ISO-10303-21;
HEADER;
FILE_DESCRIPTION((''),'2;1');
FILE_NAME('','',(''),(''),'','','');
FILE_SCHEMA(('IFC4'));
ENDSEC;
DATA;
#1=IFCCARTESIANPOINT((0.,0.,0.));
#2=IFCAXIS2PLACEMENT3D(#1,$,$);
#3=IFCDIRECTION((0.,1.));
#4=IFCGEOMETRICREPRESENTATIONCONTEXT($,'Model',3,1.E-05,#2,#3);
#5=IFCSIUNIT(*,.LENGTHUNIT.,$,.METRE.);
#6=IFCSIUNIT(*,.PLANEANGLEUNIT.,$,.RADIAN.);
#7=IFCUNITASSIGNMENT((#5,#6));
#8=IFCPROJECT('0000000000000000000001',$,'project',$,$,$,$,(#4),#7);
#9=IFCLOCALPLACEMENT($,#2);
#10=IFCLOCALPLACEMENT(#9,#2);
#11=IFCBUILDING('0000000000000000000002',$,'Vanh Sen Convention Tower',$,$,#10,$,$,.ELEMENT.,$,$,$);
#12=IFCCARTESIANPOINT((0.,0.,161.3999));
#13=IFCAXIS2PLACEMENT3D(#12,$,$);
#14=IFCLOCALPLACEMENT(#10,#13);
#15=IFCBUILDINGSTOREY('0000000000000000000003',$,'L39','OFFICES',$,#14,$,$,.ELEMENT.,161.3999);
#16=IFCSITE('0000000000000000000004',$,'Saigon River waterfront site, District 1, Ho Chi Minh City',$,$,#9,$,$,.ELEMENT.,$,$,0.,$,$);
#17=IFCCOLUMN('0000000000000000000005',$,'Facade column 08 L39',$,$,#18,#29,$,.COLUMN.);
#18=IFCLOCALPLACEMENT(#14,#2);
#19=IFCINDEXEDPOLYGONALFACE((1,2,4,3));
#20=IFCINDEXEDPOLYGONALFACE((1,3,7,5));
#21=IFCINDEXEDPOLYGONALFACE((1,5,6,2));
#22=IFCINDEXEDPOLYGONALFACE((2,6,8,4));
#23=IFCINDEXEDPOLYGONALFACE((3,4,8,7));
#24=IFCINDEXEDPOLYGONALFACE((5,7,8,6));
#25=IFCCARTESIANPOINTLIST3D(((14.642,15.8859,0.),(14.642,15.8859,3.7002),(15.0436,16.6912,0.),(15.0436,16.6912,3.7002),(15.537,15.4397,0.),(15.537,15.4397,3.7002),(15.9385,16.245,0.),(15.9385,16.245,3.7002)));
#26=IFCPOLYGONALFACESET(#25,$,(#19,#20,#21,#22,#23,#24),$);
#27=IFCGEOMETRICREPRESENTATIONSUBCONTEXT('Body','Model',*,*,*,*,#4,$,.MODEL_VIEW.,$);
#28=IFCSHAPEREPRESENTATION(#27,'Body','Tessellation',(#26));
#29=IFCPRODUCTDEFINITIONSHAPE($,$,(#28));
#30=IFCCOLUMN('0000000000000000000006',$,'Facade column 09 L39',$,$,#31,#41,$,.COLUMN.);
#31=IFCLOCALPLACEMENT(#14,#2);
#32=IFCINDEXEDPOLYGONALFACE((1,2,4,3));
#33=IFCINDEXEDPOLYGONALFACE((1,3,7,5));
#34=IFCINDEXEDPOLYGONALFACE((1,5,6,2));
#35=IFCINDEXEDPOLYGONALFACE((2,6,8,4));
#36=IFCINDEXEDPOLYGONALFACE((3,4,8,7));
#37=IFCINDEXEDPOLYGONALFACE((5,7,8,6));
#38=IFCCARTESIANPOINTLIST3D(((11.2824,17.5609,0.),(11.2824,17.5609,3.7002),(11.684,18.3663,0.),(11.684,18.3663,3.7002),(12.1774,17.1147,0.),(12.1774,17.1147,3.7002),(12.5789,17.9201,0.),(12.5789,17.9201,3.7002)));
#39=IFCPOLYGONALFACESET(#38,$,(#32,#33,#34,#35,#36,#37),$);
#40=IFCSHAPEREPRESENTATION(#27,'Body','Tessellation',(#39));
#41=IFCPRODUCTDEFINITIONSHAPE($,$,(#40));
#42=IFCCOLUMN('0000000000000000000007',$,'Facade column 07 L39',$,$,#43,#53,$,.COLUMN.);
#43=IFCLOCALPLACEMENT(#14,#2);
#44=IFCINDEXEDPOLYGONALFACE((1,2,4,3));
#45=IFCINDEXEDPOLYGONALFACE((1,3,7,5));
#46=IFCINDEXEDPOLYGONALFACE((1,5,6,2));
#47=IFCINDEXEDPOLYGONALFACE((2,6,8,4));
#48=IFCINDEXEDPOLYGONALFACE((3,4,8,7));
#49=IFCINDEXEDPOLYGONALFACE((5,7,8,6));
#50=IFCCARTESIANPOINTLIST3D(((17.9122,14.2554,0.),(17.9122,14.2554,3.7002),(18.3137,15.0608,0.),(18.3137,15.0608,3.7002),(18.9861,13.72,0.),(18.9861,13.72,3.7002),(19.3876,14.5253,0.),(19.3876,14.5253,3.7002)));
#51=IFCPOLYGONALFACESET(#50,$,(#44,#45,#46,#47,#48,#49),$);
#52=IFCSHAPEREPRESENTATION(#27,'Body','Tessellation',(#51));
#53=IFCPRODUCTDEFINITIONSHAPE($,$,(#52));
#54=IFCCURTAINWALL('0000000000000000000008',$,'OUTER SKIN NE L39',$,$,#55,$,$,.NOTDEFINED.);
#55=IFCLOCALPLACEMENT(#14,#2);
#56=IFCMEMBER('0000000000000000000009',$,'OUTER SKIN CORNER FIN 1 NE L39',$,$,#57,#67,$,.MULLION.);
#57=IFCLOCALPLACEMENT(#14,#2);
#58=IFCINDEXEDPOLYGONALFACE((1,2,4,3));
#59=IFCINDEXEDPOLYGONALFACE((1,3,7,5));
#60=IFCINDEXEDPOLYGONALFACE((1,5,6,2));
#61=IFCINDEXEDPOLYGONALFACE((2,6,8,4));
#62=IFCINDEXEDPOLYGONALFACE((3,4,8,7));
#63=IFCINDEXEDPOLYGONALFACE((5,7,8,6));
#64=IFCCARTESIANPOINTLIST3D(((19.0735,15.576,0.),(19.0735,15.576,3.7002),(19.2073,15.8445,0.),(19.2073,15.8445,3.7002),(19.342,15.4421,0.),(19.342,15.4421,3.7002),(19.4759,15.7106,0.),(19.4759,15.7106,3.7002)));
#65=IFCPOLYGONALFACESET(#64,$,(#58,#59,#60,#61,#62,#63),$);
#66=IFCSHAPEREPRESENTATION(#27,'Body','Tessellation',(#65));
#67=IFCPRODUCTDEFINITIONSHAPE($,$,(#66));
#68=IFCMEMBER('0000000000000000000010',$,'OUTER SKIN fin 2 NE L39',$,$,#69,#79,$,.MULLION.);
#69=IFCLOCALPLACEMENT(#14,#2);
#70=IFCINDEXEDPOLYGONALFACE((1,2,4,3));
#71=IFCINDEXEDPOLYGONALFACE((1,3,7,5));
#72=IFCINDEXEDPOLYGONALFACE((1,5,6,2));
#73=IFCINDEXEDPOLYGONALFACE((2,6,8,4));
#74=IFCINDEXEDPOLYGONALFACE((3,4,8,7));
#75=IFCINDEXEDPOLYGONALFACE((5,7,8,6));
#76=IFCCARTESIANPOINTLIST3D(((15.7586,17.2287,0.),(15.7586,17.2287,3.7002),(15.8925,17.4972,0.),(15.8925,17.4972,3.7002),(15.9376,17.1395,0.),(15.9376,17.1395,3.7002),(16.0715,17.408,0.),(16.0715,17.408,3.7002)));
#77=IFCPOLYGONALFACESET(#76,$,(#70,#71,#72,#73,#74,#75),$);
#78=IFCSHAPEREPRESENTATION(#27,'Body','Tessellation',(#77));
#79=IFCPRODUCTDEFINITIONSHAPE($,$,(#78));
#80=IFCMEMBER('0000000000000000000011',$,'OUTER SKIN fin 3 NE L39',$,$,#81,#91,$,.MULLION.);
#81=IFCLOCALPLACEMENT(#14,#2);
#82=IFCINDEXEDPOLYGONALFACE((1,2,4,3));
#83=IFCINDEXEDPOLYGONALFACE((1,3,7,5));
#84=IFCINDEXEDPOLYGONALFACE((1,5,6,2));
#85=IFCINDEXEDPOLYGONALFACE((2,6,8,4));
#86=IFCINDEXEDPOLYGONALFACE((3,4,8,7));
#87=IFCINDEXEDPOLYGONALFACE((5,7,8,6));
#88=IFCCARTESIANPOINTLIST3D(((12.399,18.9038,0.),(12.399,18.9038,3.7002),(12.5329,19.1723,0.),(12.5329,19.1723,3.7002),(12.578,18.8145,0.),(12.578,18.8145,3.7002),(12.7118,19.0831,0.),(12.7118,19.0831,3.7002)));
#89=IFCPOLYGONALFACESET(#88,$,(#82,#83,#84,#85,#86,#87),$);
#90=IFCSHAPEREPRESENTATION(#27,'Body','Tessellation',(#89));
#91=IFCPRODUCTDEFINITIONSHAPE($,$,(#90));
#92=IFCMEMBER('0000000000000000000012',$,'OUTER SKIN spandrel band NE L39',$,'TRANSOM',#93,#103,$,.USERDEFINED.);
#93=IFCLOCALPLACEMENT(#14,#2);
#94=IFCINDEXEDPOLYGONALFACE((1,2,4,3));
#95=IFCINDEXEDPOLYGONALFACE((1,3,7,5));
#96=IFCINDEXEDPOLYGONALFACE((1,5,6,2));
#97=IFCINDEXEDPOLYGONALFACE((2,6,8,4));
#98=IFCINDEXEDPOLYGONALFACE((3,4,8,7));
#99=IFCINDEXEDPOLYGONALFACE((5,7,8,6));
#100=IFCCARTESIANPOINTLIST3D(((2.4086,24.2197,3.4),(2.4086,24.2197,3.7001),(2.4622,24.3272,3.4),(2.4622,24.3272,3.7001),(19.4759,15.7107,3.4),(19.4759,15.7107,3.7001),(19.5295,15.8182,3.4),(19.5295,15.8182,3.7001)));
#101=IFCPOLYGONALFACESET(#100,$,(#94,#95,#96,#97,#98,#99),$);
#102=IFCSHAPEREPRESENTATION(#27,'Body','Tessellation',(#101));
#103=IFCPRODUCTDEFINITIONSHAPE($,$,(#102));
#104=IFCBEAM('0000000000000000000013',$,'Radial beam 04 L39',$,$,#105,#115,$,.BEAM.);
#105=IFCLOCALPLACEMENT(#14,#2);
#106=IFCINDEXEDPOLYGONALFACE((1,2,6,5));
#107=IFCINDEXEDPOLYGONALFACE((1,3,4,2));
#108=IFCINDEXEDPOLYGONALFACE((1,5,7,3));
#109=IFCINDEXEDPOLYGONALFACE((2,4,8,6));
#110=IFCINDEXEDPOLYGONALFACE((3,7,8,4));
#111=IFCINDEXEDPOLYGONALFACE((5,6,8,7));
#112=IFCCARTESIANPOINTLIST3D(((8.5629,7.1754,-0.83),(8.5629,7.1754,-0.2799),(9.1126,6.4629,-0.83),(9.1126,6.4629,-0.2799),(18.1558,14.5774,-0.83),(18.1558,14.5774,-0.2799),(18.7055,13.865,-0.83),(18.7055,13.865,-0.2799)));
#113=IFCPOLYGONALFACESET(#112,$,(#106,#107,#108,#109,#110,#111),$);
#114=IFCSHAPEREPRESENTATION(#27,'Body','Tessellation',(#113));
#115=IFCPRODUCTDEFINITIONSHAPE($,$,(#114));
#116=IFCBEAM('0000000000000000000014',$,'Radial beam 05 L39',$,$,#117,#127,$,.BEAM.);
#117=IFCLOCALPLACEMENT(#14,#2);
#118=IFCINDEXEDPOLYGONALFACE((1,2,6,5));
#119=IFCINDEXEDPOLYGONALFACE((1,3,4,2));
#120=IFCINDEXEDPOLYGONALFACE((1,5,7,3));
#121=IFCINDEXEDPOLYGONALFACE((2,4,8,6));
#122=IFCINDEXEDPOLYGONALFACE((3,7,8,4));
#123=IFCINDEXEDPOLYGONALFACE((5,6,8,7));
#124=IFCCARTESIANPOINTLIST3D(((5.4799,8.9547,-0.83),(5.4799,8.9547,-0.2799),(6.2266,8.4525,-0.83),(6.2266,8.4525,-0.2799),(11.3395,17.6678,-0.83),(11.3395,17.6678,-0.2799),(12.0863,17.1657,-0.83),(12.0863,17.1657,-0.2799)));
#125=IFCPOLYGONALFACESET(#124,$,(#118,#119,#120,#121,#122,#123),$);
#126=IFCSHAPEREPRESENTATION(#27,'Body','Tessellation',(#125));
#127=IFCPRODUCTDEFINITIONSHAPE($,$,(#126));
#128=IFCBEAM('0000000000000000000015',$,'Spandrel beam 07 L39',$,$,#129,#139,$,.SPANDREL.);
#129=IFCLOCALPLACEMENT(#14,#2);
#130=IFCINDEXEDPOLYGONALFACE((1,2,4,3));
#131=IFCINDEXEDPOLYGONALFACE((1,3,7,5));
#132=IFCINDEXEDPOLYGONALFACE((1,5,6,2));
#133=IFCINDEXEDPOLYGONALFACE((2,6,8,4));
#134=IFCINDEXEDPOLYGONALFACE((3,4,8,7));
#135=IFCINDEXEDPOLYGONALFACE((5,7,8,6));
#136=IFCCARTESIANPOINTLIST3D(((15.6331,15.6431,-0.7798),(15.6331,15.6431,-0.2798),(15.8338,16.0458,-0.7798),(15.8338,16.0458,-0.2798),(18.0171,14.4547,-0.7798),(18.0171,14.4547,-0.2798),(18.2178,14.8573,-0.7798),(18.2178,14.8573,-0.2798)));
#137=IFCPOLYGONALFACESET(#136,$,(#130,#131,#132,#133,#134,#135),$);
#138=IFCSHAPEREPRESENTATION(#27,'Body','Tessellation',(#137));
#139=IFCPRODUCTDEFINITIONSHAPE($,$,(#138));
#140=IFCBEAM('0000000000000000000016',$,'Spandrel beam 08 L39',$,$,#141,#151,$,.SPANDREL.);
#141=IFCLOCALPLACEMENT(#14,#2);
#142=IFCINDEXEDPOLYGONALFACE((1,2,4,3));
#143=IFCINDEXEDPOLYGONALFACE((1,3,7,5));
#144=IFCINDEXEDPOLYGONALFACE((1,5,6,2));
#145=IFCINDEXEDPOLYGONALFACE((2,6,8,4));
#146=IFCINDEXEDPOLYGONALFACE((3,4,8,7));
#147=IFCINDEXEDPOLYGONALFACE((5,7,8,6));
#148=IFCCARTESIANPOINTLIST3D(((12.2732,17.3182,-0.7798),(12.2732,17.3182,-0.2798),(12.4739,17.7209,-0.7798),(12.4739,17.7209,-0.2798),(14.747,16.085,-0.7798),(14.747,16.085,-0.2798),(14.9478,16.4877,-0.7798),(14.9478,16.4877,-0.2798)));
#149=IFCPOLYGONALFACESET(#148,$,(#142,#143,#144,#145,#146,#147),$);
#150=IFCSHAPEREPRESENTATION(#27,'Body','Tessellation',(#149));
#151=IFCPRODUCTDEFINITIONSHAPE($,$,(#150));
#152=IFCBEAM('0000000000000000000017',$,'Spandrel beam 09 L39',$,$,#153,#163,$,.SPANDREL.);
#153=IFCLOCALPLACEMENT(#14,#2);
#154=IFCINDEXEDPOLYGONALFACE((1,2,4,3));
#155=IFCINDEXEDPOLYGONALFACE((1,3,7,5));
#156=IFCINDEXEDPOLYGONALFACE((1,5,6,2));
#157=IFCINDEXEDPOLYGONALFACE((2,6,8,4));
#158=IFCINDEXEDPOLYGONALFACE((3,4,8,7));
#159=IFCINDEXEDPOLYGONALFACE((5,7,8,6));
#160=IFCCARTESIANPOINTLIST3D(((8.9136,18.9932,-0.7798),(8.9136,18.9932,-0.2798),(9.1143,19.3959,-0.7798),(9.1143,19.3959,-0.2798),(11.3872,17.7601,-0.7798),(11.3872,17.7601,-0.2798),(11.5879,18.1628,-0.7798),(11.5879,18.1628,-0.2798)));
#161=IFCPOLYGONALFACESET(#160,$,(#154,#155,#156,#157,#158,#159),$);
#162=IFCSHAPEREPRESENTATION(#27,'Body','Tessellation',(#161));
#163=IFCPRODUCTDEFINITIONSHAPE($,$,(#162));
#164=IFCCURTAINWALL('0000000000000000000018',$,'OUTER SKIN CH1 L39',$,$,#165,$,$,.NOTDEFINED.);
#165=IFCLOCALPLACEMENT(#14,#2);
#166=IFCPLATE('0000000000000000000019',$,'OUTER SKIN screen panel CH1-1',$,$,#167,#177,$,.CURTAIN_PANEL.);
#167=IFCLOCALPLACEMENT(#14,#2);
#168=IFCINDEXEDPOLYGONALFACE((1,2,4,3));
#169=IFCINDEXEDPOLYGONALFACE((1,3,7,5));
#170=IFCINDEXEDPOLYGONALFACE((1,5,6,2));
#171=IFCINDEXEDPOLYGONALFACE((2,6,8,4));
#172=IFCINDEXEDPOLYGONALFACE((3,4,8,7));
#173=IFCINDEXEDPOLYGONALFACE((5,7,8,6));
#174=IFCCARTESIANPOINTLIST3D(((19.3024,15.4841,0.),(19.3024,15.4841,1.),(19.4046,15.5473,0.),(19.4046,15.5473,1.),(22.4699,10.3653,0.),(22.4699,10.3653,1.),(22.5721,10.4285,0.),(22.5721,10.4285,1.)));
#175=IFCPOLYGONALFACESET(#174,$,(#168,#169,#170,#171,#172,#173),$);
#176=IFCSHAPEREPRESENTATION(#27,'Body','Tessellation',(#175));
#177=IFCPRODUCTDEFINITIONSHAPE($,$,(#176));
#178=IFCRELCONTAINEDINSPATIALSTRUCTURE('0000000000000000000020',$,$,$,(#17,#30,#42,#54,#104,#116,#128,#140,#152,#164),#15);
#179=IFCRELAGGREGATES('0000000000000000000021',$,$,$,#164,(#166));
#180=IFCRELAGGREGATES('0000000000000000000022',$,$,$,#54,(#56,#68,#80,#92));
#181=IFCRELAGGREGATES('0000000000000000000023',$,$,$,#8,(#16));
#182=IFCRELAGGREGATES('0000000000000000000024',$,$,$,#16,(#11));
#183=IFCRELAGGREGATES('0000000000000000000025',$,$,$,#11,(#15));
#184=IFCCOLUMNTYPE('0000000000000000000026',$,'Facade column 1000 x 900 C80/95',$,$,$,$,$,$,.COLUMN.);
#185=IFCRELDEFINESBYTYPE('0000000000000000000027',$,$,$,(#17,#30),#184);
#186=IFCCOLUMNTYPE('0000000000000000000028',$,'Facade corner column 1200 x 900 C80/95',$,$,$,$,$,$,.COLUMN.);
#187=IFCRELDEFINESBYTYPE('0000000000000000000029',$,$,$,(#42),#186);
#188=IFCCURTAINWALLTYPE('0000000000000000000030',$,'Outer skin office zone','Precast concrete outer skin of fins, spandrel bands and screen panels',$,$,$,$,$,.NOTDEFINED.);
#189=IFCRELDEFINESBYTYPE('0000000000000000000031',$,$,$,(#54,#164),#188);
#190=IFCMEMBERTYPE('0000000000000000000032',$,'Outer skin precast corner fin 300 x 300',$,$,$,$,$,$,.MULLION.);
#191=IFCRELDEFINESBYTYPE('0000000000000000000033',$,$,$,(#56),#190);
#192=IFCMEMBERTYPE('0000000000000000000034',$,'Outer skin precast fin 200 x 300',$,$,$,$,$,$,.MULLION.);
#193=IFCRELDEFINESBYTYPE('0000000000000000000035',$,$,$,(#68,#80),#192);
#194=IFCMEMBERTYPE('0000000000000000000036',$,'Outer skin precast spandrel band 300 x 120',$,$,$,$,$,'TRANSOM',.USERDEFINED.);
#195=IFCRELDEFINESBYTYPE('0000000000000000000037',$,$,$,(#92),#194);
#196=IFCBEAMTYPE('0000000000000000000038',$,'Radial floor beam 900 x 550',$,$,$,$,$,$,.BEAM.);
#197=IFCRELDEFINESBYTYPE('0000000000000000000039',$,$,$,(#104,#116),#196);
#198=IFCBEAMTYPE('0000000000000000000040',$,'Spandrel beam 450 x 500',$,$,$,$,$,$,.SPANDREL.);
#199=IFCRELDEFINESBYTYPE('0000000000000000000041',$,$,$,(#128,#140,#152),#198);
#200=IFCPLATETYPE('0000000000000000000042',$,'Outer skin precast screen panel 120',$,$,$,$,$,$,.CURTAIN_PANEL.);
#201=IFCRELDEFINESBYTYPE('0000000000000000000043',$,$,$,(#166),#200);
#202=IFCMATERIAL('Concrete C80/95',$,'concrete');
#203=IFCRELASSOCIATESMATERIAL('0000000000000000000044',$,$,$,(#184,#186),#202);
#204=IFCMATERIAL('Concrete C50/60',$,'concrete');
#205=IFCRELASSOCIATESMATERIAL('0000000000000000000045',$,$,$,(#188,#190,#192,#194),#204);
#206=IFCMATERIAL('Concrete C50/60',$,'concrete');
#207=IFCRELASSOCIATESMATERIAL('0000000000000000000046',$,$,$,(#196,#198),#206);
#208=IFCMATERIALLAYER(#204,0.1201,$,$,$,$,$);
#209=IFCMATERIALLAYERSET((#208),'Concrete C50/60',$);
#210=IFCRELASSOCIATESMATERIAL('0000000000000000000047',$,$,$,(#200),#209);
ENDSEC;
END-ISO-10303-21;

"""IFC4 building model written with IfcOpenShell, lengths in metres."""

from ifc_helpers import new_model, si_unit, direction, frame, origin, origin_2d, place, context, subcontext, project, spatial, rectangle, extrude, material, layer, layer_set, material_profile, profile_set, type_object, element, aggregate, save


model = new_model("IFC4")

# Units and contexts
model_context = context("Model", 3, precision=1e-05, world=origin(), true_north=direction((0.0, 1.0)))
body_context = subcontext(model_context, "Body", "Model", "MODEL_VIEW")
ifc_project = project(units=[si_unit("LENGTHUNIT", "METRE"), si_unit("PLANEANGLEUNIT", "RADIAN")], contexts=[model_context])

# Site, building, storey
site_placement = place(None, origin())
site = spatial("IfcSite", under=ifc_project, at=site_placement, Name="Saigon River waterfront site, District 1, Ho Chi Minh City", CompositionType="ELEMENT", RefElevation=0.0)
building_placement = place(site_placement, origin())
building = spatial("IfcBuilding", under=site, at=building_placement, Name="Vanh Sen Convention Tower", CompositionType="ELEMENT")
storey_placement = place(building_placement, frame((0.0, 0.0, 161.3999)))
storey = spatial("IfcBuildingStorey", under=building, at=storey_placement, Name="L39", Description="OFFICES", CompositionType="ELEMENT", Elevation=161.3999)

# Columns
ifc_material_1 = material(Name="Concrete C80/95", Category="concrete")
ifc_material_profile_1 = material_profile(ifc_material_1, rectangle(XDim=1.0, YDim=0.8999, at=origin_2d()), Name="RC 1000X900")
ifc_profile_set_1 = profile_set([ifc_material_profile_1], Name="Concrete C80/95")
column_type_1 = type_object("IfcColumnType", Name="Facade column 1000 x 900 C80/95", PredefinedType="COLUMN", material=ifc_profile_set_1)
for number, where, z_axis, x_axis, name in (
    (1, (15.2903, 16.0654, 0.0), (0.0, 0.0, 1.0), (-0.894934, 0.446198, 0.0), "Facade column 08 L39"),
    (2, (11.9307, 17.7405, 0.0), (0.0, 0.0, 1.0), (-0.894934, 0.446198, 0.0), "Facade column 09 L39"),
):
    element("IfcColumn", number, at=place(storey_placement, frame(where, z_axis=z_axis, x_axis=x_axis)), inside=storey, type_object=column_type_1, Name=name, PredefinedType="COLUMN", context=body_context, shape_type="SweptSolid", body=[
        extrude(rectangle(XDim=1.0, YDim=0.8999, at=origin_2d()), origin(), (0.0, 0.0, 1.0), 3.7002),
    ])
ifc_material_profile_2 = material_profile(ifc_material_1, rectangle(XDim=1.2, YDim=0.8999, at=origin_2d()), Name="RC 1200X900")
ifc_profile_set_2 = profile_set([ifc_material_profile_2], Name="Concrete C80/95")
column_type_2 = type_object("IfcColumnType", Name="Facade corner column 1200 x 900 C80/95", PredefinedType="COLUMN", material=ifc_profile_set_2)
column_placement = place(storey_placement, frame((18.6499, 14.3904, 0.0), z_axis=(0.0, 0.0, 1.0), x_axis=(-0.894934, 0.446198, 0.0)))
element("IfcColumn", 3, at=column_placement, inside=storey, type_object=column_type_2, Name="Facade column 07 L39", PredefinedType="COLUMN", context=body_context, shape_type="SweptSolid", body=[
    extrude(rectangle(XDim=1.2, YDim=0.8999, at=origin_2d()), origin(), (0.0, 0.0, 1.0), 3.7002),
])

# Curtain wall, members
ifc_material_2 = material(Name="Concrete C50/60", Category="concrete")
curtain_wall_type = type_object("IfcCurtainWallType", Name="Outer skin office zone", Description="Precast concrete outer skin of fins, spandrel bands and screen panels", PredefinedType="NOTDEFINED", material=ifc_material_2)
curtain_wall_1_placement = place(storey_placement, origin())
curtain_wall_1 = element("IfcCurtainWall", 4, at=curtain_wall_1_placement, inside=storey, type_object=curtain_wall_type, Name="OUTER SKIN NE L39", PredefinedType="NOTDEFINED")
ifc_material_profile_3 = material_profile(ifc_material_2, rectangle(XDim=0.3, YDim=0.3, at=origin_2d()), Name="Outer skin precast corner fin 300 x 300")
ifc_profile_set_3 = profile_set([ifc_material_profile_3], Name="Concrete C50/60")
member_type_1 = type_object("IfcMemberType", Name="Outer skin precast corner fin 300 x 300", PredefinedType="MULLION", material=ifc_profile_set_3)
member_1_placement = place(storey_placement, frame((19.2747, 15.6433, 0.0), z_axis=(0.0, 0.0, 1.0), x_axis=(-0.894934, 0.446198, 0.0)))
member_1 = element("IfcMember", 5, at=member_1_placement, type_object=member_type_1, Name="OUTER SKIN CORNER FIN 1 NE L39", PredefinedType="MULLION", context=body_context, shape_type="SweptSolid", body=[
    extrude(rectangle(XDim=0.3, YDim=0.3, at=origin_2d()), origin(), (0.0, 0.0, 1.0), 3.7002),
])
ifc_material_profile_4 = material_profile(ifc_material_2, rectangle(XDim=0.2, YDim=0.3, at=origin_2d()), Name="Outer skin precast fin 200 x 300")
ifc_profile_set_4 = profile_set([ifc_material_profile_4], Name="Concrete C50/60")
member_type_2 = type_object("IfcMemberType", Name="Outer skin precast fin 200 x 300", PredefinedType="MULLION", material=ifc_profile_set_4)
member_2_placement = place(storey_placement, frame((15.915, 17.3184, 0.0), z_axis=(0.0, 0.0, 1.0), x_axis=(-0.894934, 0.446198, 0.0)))
member_2 = element("IfcMember", 6, at=member_2_placement, type_object=member_type_2, Name="OUTER SKIN fin 2 NE L39", PredefinedType="MULLION", context=body_context, shape_type="SweptSolid", body=[
    extrude(rectangle(XDim=0.2, YDim=0.3, at=origin_2d()), origin(), (0.0, 0.0, 1.0), 3.7002),
])
member_3_placement = place(storey_placement, frame((12.5554, 18.9934, 0.0), z_axis=(0.0, 0.0, 1.0), x_axis=(-0.894934, 0.446198, 0.0)))
member_3 = element("IfcMember", 7, at=member_3_placement, type_object=member_type_2, Name="OUTER SKIN fin 3 NE L39", PredefinedType="MULLION", context=body_context, shape_type="SweptSolid", body=[
    extrude(rectangle(XDim=0.2, YDim=0.3, at=origin_2d()), origin(), (0.0, 0.0, 1.0), 3.7002),
])
ifc_material_profile_5 = material_profile(ifc_material_2, rectangle(XDim=0.1201, YDim=0.3, at=origin_2d()), Name="Outer skin precast spandrel band 300 x 120")
ifc_profile_set_5 = profile_set([ifc_material_profile_5], Name="Concrete C50/60")
member_type_3 = type_object("IfcMemberType", Name="Outer skin precast spandrel band 300 x 120", ElementType="TRANSOM", PredefinedType="USERDEFINED", material=ifc_profile_set_5)
member_4_placement = place(storey_placement, frame((19.5027, 15.7644, 3.55), z_axis=(-0.894941, 0.446184, 0.0), x_axis=(-0.446184, -0.894941, 0.0)))
member_4 = element("IfcMember", 8, at=member_4_placement, type_object=member_type_3, Name="OUTER SKIN spandrel band NE L39", ObjectType="TRANSOM", PredefinedType="USERDEFINED", context=body_context, shape_type="SweptSolid", body=[
    extrude(rectangle(XDim=0.1201, YDim=0.3, at=origin_2d()), origin(), (0.0, 0.0, 1.0), 19.0708),
])

# Beams
ifc_material_3 = material(Name="Concrete C50/60", Category="concrete")
ifc_material_profile_6 = material_profile(ifc_material_3, rectangle(XDim=0.8999, YDim=0.55, at=origin_2d()), Name="RC 900X550")
ifc_profile_set_6 = profile_set([ifc_material_profile_6], Name="Concrete C50/60")
beam_type_1 = type_object("IfcBeamType", Name="Radial floor beam 900 x 550", PredefinedType="BEAM", material=ifc_profile_set_6)
beam_1_placement = place(storey_placement, frame((18.4307, 14.2212, -0.5549), z_axis=(-0.791712, -0.610895, 0.0), x_axis=(0.610895, -0.791712, 0.0)))
element("IfcBeam", 9, at=beam_1_placement, inside=storey, type_object=beam_type_1, Name="Radial beam 04 L39", PredefinedType="BEAM", context=body_context, shape_type="SweptSolid", body=[
    extrude(rectangle(XDim=0.8999, YDim=0.55, at=origin_2d()), origin(), (0.0, 0.0, 1.0), 12.1167),
])
beam_2_placement = place(storey_placement, frame((11.7129, 17.4167, -0.5549), z_axis=(-0.558049, -0.829808, 0.0), x_axis=(0.829808, -0.558049, 0.0)))
element("IfcBeam", 10, at=beam_2_placement, inside=storey, type_object=beam_type_1, Name="Radial beam 05 L39", PredefinedType="BEAM", context=body_context, shape_type="SweptSolid", body=[
    extrude(rectangle(XDim=0.8999, YDim=0.55, at=origin_2d()), origin(), (0.0, 0.0, 1.0), 10.5002),
])
ifc_material_profile_7 = material_profile(ifc_material_3, rectangle(XDim=0.45, YDim=0.5, at=origin_2d()), Name="RC 450X500")
ifc_profile_set_7 = profile_set([ifc_material_profile_7], Name="Concrete C50/60")
beam_type_2 = type_object("IfcBeamType", Name="Spandrel beam 450 x 500", PredefinedType="SPANDREL", material=ifc_profile_set_7)
beam_3_placement = place(storey_placement, frame((18.1174, 14.656, -0.5298), z_axis=(-0.894958, 0.44615, 0.0), x_axis=(-0.44615, -0.894958, 0.0)))
element("IfcBeam", 11, at=beam_3_placement, inside=storey, type_object=beam_type_2, Name="Spandrel beam 07 L39", PredefinedType="SPANDREL", context=body_context, shape_type="SweptSolid", body=[
    extrude(rectangle(XDim=0.45, YDim=0.5, at=origin_2d()), origin(), (0.0, 0.0, 1.0), 2.6638),
])
beam_4_placement = place(storey_placement, frame((14.8474, 16.2864, -0.5298), z_axis=(-0.894974, 0.446118, 0.0), x_axis=(-0.446118, -0.894974, 0.0)))
element("IfcBeam", 12, at=beam_4_placement, inside=storey, type_object=beam_type_2, Name="Spandrel beam 08 L39", PredefinedType="SPANDREL", context=body_context, shape_type="SweptSolid", body=[
    extrude(rectangle(XDim=0.45, YDim=0.5, at=origin_2d()), origin(), (0.0, 0.0, 1.0), 2.7642),
])
beam_5_placement = place(storey_placement, frame((11.4875, 17.9614, -0.5298), z_axis=(-0.894957, 0.446153, 0.0), x_axis=(-0.446153, -0.894957, 0.0)))
element("IfcBeam", 13, at=beam_5_placement, inside=storey, type_object=beam_type_2, Name="Spandrel beam 09 L39", PredefinedType="SPANDREL", context=body_context, shape_type="SweptSolid", body=[
    extrude(rectangle(XDim=0.45, YDim=0.5, at=origin_2d()), origin(), (0.0, 0.0, 1.0), 2.7639),
])

# Curtain wall, plate
curtain_wall_2_placement = place(storey_placement, origin())
curtain_wall_2 = element("IfcCurtainWall", 14, at=curtain_wall_2_placement, inside=storey, type_object=curtain_wall_type, Name="OUTER SKIN CH1 L39", PredefinedType="NOTDEFINED")
ifc_layer_1 = layer(ifc_material_2, 0.1201)
ifc_layer_set_1 = layer_set([ifc_layer_1], Name="Concrete C50/60")
plate_type = type_object("IfcPlateType", Name="Outer skin precast screen panel 120", PredefinedType="CURTAIN_PANEL", material=ifc_layer_set_1)
plate_1_placement = place(storey_placement, frame((20.9373, 12.9563, 0.0), z_axis=(0.0, 0.0, 1.0), x_axis=(-0.526204, 0.850359, 0.0)))
plate_1 = element("IfcPlate", 15, at=plate_1_placement, type_object=plate_type, Name="OUTER SKIN screen panel CH1-1", PredefinedType="CURTAIN_PANEL", context=body_context, shape_type="SweptSolid", body=[
    extrude(rectangle(XDim=6.0195, YDim=0.1201, at=origin_2d()), origin(), (0.0, 0.0, 1.0), 1.0),
])
aggregate(curtain_wall_2, [plate_1])

aggregate(curtain_wall_1, [member_1, member_2, member_3, member_4])

save(model, "model.ifc")
